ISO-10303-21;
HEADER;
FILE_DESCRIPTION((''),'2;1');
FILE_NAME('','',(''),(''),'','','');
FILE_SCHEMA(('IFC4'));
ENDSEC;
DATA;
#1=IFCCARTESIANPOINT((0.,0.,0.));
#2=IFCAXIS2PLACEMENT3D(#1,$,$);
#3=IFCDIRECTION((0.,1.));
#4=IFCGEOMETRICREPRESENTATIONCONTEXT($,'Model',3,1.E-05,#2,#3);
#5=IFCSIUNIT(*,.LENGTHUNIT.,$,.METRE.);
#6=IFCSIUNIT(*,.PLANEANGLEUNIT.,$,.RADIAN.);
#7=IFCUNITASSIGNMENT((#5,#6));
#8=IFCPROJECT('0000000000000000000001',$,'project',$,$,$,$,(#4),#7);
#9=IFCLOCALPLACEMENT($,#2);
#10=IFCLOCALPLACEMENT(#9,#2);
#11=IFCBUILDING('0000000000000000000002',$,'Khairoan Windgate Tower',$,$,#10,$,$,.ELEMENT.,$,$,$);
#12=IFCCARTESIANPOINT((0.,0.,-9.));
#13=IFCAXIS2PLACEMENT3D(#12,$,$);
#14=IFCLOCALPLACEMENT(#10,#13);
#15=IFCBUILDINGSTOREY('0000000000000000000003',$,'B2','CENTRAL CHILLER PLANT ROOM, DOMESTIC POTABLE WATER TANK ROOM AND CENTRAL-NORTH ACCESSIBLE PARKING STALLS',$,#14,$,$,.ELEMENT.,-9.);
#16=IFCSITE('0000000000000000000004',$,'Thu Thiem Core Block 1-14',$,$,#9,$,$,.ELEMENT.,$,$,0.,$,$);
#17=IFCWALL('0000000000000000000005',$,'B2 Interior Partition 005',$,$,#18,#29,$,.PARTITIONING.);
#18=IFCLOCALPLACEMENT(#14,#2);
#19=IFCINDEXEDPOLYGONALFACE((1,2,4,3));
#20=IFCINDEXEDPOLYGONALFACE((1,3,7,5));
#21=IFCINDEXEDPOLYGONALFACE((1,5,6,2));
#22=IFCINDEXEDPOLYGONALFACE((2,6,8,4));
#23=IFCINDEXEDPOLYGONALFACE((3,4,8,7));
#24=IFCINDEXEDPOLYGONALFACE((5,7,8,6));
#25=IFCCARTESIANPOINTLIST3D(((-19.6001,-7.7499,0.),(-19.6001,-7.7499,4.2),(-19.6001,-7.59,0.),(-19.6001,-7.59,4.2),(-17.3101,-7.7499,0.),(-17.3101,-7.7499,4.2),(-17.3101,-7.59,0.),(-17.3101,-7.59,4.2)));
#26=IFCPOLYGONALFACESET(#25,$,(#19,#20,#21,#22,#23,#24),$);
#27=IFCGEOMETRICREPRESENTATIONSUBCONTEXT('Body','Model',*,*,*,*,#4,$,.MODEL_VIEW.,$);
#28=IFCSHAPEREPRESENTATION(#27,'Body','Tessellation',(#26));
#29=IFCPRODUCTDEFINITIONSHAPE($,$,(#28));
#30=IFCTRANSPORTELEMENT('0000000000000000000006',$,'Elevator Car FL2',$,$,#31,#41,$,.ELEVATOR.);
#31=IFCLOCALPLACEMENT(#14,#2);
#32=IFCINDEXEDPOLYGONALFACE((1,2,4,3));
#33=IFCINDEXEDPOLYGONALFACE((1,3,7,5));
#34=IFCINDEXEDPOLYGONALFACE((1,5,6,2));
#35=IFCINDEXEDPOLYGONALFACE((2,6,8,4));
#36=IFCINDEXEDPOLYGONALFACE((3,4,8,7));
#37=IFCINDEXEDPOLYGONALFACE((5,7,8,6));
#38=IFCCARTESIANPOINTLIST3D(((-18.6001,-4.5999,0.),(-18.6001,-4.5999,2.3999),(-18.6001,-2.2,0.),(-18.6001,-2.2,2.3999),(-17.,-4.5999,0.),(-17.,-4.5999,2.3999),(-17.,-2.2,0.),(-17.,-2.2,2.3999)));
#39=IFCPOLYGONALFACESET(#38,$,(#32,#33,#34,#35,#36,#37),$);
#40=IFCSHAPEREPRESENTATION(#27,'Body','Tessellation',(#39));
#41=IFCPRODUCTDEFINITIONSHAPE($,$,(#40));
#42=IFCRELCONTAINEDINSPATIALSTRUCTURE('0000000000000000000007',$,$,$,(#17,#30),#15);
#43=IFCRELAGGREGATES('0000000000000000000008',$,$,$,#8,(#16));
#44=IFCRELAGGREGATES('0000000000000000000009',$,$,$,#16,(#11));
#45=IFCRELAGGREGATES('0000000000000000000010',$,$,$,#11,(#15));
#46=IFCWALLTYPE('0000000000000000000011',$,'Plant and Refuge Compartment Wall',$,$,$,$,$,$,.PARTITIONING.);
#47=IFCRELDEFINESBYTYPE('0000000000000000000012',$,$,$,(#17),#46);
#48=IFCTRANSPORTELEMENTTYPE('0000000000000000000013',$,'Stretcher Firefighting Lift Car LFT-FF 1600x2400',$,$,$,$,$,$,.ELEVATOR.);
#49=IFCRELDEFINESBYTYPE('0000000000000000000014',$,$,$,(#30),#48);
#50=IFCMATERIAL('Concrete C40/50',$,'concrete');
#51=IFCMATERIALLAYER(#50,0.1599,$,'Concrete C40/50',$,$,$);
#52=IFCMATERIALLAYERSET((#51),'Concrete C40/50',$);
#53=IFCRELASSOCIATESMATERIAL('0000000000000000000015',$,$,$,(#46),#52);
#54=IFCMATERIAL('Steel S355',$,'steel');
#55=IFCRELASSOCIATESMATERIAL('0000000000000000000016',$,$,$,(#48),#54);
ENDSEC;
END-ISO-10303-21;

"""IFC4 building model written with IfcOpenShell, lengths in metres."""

from ifc_helpers import new_model, si_unit, direction, frame, frame_2d, origin, origin_2d, place, context, subcontext, project, spatial, rectangle, extrude, material, layer, layer_set, type_object, element, save


model = new_model("IFC4")

# Units and contexts
model_context = context("Model", 3, precision=1e-05, world=origin(), true_north=direction((0.0, 1.0)))
body_context = subcontext(model_context, "Body", "Model", "MODEL_VIEW")
ifc_project = project(units=[si_unit("LENGTHUNIT", "METRE"), si_unit("PLANEANGLEUNIT", "RADIAN")], contexts=[model_context])

# Site, building, storey
site_placement = place(None, origin())
site = spatial("IfcSite", under=ifc_project, at=site_placement, Name="Thu Thiem Core Block 1-14", CompositionType="ELEMENT", RefElevation=0.0)
building_placement = place(site_placement, origin())
building = spatial("IfcBuilding", under=site, at=building_placement, Name="Khairoan Windgate Tower", CompositionType="ELEMENT")
storey_placement = place(building_placement, frame((0.0, 0.0, -9.0)))
storey = spatial("IfcBuildingStorey", under=building, at=storey_placement, Name="B2", Description="CENTRAL CHILLER PLANT ROOM, DOMESTIC POTABLE WATER TANK ROOM AND CENTRAL-NORTH ACCESSIBLE PARKING STALLS", CompositionType="ELEMENT", Elevation=-9.0)

# Shared definitions
ifc_material_1 = material(Name="Concrete C40/50", Category="concrete")
ifc_layer_1 = layer(ifc_material_1, 0.1599, Name="Concrete C40/50")
ifc_layer_set_1 = layer_set([ifc_layer_1], Name="Concrete C40/50")
wall_type_1 = type_object("IfcWallType", Name="Plant and Refuge Compartment Wall", PredefinedType="PARTITIONING", material=ifc_layer_set_1)

# Wall
for number, where, z_axis, x_axis, name in (
    (1, (-19.6001, -7.6699, 0.0), (0.0, 0.0, 1.0), (1.0, 0.0, 0.0), "B2 Interior Partition 005"),
):
    element("IfcWall", number, at=place(storey_placement, frame(where, z_axis=z_axis, x_axis=x_axis)), inside=storey, type_object=wall_type_1, Name=name, PredefinedType="PARTITIONING", context=body_context, shape_type="SweptSolid", body=[
        extrude(rectangle(XDim=2.29, YDim=0.1599, at=frame_2d((1.145, 0.0))), origin(), (0.0, 0.0, 1.0), 4.2),
    ])

# Transport element
ifc_material_2 = material(Name="Steel S355", Category="steel")
transport_element_type = type_object("IfcTransportElementType", Name="Stretcher Firefighting Lift Car LFT-FF 1600x2400", PredefinedType="ELEVATOR", material=ifc_material_2)
transport_element_placement = place(storey_placement, frame((-17.8, -3.3999, 0.0), z_axis=(0.0, 0.0, 1.0), x_axis=(1.0, 0.0, 0.0)))
element("IfcTransportElement", 2, at=transport_element_placement, inside=storey, type_object=transport_element_type, Name="Elevator Car FL2", PredefinedType="ELEVATOR", context=body_context, shape_type="SweptSolid", body=[
    extrude(rectangle(XDim=1.6001, YDim=2.3999, at=origin_2d()), origin(), (0.0, 0.0, 1.0), 2.3999),
])

save(model, "model.ifc")
